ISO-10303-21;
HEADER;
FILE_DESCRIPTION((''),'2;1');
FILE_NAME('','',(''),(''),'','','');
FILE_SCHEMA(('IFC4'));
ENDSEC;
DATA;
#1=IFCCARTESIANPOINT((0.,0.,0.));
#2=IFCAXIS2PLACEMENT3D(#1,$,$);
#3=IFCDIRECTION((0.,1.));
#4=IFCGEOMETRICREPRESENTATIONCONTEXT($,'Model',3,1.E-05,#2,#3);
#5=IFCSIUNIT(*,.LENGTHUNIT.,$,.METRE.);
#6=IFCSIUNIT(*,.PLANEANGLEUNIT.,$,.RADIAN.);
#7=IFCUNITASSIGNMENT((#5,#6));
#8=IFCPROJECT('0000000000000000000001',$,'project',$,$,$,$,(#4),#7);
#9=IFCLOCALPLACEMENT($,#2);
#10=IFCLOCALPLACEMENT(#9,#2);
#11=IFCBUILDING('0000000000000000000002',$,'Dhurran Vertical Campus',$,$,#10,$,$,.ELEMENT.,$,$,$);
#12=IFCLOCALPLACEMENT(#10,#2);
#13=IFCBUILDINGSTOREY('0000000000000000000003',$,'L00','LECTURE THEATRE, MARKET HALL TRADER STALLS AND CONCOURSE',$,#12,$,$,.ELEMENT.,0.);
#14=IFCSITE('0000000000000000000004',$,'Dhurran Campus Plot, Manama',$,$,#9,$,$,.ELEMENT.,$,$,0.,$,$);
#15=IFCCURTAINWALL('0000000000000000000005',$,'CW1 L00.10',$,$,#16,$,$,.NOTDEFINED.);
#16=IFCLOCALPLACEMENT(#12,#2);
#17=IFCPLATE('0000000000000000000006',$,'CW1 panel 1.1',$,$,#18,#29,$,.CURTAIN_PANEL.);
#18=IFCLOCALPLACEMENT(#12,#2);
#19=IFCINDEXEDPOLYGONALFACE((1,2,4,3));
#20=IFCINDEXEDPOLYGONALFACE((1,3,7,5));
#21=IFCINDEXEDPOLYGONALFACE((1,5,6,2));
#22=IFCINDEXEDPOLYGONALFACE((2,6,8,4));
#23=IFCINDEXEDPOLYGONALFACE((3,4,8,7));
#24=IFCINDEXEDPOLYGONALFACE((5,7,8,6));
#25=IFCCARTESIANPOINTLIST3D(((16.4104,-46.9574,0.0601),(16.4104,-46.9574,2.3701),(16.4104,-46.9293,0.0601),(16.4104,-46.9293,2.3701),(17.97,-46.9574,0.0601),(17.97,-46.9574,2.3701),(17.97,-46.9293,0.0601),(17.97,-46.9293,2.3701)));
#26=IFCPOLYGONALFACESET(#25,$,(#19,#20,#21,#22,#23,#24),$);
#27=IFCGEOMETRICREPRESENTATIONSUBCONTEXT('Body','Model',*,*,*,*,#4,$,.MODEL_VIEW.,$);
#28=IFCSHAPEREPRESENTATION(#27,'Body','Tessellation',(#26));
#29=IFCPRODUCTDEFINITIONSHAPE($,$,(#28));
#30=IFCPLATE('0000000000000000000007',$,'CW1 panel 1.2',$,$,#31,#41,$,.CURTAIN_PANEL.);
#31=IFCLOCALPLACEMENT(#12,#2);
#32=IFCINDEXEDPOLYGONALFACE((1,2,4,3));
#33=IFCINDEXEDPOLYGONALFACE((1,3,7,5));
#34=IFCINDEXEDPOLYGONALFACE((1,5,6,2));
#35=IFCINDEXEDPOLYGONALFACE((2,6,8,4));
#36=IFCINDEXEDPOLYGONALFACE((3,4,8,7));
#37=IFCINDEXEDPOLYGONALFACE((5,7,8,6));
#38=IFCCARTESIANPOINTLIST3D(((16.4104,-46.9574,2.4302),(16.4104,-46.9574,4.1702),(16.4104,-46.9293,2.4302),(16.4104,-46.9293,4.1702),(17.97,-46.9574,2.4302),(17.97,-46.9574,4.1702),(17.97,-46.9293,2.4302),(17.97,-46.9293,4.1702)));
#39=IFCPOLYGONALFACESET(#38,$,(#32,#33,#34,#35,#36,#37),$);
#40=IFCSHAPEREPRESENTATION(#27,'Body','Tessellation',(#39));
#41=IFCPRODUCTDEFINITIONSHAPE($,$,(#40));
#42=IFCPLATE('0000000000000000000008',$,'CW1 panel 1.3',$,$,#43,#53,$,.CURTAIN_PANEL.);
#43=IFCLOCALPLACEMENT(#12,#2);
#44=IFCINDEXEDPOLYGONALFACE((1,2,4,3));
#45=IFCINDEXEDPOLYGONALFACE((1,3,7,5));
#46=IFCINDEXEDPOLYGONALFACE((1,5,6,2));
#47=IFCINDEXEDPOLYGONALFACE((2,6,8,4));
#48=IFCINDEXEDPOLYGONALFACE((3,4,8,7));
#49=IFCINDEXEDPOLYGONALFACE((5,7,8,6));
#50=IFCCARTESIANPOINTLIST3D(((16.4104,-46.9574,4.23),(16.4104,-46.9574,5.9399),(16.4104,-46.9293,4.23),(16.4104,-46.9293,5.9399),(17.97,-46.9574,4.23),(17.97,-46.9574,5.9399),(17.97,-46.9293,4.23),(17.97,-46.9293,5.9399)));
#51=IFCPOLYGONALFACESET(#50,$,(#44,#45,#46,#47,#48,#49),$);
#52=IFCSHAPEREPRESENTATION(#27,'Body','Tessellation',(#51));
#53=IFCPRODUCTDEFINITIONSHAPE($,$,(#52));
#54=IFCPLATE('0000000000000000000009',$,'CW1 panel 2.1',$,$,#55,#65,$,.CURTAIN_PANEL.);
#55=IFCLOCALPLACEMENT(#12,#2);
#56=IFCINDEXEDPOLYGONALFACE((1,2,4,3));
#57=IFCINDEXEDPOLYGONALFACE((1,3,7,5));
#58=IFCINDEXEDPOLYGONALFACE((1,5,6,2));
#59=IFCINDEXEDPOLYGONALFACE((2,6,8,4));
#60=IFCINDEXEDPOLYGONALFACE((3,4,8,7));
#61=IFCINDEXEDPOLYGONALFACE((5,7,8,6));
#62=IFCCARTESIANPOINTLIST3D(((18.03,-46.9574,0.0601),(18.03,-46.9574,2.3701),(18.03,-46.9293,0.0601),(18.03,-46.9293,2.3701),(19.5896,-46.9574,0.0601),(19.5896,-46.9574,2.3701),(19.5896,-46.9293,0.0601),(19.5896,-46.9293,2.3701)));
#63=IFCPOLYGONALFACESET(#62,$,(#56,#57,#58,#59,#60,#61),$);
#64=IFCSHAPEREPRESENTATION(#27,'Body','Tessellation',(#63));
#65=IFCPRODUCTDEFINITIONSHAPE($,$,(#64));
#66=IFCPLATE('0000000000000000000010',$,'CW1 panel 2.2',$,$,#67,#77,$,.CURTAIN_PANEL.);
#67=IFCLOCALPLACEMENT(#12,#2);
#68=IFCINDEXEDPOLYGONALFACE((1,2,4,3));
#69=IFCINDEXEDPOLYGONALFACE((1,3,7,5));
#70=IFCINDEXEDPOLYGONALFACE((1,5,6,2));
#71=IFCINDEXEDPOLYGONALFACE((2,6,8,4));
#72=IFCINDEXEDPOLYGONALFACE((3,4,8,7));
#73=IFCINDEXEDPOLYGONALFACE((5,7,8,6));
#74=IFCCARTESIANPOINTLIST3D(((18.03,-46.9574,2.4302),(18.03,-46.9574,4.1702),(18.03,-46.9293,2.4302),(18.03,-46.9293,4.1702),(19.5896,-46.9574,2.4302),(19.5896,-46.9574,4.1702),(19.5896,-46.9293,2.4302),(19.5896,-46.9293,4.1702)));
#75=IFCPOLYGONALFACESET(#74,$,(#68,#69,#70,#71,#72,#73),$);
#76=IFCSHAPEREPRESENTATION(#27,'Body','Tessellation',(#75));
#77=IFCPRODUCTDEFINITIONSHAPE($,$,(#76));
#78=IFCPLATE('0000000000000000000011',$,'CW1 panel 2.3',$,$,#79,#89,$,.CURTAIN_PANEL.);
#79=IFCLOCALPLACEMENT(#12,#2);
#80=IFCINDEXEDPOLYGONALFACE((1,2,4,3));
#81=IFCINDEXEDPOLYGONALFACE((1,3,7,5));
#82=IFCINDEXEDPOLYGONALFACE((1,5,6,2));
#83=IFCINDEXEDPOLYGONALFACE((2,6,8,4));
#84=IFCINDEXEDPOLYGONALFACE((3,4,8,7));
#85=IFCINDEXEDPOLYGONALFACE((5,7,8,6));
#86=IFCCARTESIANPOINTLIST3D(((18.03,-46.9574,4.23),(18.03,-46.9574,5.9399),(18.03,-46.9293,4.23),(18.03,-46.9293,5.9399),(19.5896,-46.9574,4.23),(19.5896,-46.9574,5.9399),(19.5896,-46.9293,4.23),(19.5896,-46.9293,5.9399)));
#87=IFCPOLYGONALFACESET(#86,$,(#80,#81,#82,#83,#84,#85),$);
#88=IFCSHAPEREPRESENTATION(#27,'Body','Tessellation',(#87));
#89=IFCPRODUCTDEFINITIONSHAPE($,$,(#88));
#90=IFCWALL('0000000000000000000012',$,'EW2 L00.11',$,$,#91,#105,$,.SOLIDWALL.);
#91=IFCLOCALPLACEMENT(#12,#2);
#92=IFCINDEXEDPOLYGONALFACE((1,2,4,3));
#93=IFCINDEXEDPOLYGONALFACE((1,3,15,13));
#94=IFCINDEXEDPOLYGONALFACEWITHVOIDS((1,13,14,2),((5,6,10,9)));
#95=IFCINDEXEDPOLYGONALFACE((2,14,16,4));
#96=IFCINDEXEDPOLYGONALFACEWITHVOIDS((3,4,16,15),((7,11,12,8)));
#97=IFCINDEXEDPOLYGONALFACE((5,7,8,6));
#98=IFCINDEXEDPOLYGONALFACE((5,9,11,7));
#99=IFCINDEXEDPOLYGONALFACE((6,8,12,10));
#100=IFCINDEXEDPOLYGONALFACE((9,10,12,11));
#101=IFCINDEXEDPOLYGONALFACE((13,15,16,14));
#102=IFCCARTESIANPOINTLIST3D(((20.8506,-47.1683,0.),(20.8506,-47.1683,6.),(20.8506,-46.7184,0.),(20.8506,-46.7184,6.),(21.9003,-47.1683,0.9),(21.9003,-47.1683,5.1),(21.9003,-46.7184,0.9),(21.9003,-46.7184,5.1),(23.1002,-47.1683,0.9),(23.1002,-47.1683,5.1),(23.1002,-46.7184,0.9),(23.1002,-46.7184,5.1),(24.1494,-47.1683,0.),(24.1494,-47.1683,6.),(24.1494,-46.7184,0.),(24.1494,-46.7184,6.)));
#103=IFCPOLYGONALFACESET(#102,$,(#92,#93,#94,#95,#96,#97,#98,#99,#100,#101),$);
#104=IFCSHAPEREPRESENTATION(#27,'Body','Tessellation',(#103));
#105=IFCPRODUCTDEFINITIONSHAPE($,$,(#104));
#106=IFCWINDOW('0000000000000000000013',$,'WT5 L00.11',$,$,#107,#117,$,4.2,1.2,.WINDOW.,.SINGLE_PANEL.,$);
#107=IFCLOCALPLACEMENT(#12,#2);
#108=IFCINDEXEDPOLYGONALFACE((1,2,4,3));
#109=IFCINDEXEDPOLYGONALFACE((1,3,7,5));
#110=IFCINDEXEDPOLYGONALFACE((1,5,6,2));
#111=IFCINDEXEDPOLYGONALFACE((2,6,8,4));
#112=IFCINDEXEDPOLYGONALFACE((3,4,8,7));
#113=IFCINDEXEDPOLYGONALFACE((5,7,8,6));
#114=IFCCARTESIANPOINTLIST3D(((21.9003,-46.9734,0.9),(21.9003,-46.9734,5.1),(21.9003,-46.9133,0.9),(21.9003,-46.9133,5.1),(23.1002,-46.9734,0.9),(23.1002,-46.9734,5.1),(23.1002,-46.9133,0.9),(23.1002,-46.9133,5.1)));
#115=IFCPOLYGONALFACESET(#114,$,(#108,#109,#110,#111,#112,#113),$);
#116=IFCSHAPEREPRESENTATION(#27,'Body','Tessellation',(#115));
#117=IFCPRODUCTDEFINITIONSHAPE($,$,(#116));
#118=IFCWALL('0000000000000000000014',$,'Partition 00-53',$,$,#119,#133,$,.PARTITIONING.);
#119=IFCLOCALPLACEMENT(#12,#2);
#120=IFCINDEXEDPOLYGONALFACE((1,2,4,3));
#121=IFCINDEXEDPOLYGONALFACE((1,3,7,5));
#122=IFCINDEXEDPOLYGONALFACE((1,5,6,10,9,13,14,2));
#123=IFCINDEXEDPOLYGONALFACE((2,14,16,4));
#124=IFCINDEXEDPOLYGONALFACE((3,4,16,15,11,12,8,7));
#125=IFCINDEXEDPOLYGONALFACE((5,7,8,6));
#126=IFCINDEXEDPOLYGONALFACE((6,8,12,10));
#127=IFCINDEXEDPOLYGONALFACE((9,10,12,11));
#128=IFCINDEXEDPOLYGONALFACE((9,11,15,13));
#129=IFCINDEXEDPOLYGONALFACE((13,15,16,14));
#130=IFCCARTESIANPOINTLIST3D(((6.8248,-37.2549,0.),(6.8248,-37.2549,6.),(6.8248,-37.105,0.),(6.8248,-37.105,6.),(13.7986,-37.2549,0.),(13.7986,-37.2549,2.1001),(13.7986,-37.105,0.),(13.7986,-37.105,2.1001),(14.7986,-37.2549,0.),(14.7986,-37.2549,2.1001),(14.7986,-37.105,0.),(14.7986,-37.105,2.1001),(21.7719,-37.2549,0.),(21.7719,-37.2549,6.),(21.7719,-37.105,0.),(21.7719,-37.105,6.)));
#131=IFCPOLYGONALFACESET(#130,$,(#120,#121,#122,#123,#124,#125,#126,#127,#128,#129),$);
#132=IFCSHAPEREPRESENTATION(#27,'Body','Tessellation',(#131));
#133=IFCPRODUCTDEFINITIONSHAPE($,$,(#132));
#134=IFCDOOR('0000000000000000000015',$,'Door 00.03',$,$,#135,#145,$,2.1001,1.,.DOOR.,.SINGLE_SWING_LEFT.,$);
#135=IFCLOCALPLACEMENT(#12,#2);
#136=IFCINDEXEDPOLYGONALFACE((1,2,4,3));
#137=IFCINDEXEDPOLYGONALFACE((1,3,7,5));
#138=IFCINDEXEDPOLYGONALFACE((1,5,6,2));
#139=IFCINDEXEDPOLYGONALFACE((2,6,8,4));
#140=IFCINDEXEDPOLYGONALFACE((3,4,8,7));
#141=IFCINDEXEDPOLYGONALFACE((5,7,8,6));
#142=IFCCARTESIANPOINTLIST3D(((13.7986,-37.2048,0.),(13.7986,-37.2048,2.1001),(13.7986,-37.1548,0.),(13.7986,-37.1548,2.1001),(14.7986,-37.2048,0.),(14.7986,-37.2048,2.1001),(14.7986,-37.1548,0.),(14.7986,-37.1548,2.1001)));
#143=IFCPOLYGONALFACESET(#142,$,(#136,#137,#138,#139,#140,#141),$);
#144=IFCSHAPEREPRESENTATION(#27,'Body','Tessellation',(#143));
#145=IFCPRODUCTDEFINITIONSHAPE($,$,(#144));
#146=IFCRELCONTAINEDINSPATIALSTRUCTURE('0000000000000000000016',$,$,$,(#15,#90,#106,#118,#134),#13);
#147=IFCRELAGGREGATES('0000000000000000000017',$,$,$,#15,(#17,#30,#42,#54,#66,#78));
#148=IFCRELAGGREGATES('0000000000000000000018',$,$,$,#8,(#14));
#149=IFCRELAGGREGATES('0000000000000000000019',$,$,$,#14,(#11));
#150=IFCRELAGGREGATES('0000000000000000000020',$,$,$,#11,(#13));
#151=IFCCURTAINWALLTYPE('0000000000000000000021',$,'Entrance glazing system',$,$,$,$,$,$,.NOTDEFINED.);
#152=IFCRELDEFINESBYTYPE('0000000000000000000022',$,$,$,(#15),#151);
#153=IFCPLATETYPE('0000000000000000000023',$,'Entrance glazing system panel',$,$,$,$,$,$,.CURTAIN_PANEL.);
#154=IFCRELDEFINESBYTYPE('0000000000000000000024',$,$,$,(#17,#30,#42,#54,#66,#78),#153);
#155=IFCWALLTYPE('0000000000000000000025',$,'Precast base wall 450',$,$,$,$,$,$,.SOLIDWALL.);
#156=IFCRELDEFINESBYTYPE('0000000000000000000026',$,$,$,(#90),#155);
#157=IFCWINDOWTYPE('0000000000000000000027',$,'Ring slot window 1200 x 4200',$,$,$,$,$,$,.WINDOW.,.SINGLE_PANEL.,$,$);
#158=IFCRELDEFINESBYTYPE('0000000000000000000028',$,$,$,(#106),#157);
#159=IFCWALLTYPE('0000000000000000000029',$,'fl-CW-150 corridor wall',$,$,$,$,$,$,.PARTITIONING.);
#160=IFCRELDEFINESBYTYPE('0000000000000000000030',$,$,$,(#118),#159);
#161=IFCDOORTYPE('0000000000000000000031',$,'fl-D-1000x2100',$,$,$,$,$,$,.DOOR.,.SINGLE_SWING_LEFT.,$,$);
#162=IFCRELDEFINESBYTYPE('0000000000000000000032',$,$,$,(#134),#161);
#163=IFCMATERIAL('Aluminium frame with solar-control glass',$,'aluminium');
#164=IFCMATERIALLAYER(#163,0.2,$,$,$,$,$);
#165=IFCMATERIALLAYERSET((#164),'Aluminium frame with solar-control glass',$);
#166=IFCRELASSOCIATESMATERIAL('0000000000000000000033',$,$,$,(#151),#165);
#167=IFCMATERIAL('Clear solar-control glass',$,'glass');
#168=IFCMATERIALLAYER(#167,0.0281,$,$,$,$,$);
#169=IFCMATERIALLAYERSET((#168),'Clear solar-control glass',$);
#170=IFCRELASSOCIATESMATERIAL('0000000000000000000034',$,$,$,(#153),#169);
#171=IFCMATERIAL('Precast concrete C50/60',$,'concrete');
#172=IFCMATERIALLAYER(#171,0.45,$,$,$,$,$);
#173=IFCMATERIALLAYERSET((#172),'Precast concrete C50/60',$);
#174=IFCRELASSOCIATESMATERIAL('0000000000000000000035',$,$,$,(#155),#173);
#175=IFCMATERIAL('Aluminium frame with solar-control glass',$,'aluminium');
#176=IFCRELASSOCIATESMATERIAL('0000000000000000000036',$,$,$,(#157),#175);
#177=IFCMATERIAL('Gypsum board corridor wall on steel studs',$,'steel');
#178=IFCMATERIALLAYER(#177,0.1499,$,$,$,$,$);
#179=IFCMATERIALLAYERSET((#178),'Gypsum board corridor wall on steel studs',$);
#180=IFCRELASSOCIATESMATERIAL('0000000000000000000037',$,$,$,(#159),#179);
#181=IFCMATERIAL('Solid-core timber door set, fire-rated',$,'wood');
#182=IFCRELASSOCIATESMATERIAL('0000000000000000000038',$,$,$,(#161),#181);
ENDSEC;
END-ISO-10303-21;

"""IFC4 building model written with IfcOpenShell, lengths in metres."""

from ifc_helpers import new_model, si_unit, direction, frame, frame_2d, origin, origin_2d, place, context, subcontext, project, spatial, rectangle, extrude, material, layer, layer_set, type_object, element, fill, aggregate, save


model = new_model("IFC4")

# Units and contexts
model_context = context("Model", 3, precision=1e-05, world=origin(), true_north=direction((0.0, 1.0)))
body_context = subcontext(model_context, "Body", "Model", "MODEL_VIEW")
ifc_project = project(units=[si_unit("LENGTHUNIT", "METRE"), si_unit("PLANEANGLEUNIT", "RADIAN")], contexts=[model_context])

# Site, building, storey
site_placement = place(None, origin())
site = spatial("IfcSite", under=ifc_project, at=site_placement, Name="Dhurran Campus Plot, Manama", CompositionType="ELEMENT", RefElevation=0.0)
building_placement = place(site_placement, origin())
building = spatial("IfcBuilding", under=site, at=building_placement, Name="Dhurran Vertical Campus", CompositionType="ELEMENT")
storey_placement = place(building_placement, origin())
storey = spatial("IfcBuildingStorey", under=building, at=storey_placement, Name="L00", Description="LECTURE THEATRE, MARKET HALL TRADER STALLS AND CONCOURSE", CompositionType="ELEMENT", Elevation=0.0)

# Curtain wall, plates
ifc_material_1 = material(Name="Aluminium frame with solar-control glass", Category="aluminium")
ifc_layer_1 = layer(ifc_material_1, 0.2)
ifc_layer_set_1 = layer_set([ifc_layer_1], Name="Aluminium frame with solar-control glass")
curtain_wall_type = type_object("IfcCurtainWallType", Name="Entrance glazing system", PredefinedType="NOTDEFINED", material=ifc_layer_set_1)
curtain_wall_placement = place(storey_placement, origin())
curtain_wall = element("IfcCurtainWall", 1, at=curtain_wall_placement, inside=storey, type_object=curtain_wall_type, Name="CW1 L00.10", PredefinedType="NOTDEFINED")
ifc_material_2 = material(Name="Clear solar-control glass", Category="glass")
ifc_layer_2 = layer(ifc_material_2, 0.0281)
ifc_layer_set_2 = layer_set([ifc_layer_2], Name="Clear solar-control glass")
plate_type = type_object("IfcPlateType", Name="Entrance glazing system panel", PredefinedType="CURTAIN_PANEL", material=ifc_layer_set_2)
plate_1_placement = place(storey_placement, frame((17.1902, -46.9434, 0.0601), z_axis=(0.0, 0.0, 1.0), x_axis=(1.0, 0.0, 0.0)))
plate_1 = element("IfcPlate", 2, at=plate_1_placement, type_object=plate_type, Name="CW1 panel 1.1", PredefinedType="CURTAIN_PANEL", context=body_context, shape_type="SweptSolid", body=[
    extrude(rectangle(XDim=1.5596, YDim=0.0281, at=origin_2d()), origin(), (0.0, 0.0, 1.0), 2.3101),
])
plate_2_placement = place(storey_placement, frame((17.1902, -46.9434, 2.4302), z_axis=(0.0, 0.0, 1.0), x_axis=(1.0, 0.0, 0.0)))
plate_2 = element("IfcPlate", 3, at=plate_2_placement, type_object=plate_type, Name="CW1 panel 1.2", PredefinedType="CURTAIN_PANEL", context=body_context, shape_type="SweptSolid", body=[
    extrude(rectangle(XDim=1.5596, YDim=0.0281, at=origin_2d()), origin(), (0.0, 0.0, 1.0), 1.74),
])
plate_3_placement = place(storey_placement, frame((17.1902, -46.9434, 4.23), z_axis=(0.0, 0.0, 1.0), x_axis=(1.0, 0.0, 0.0)))
plate_3 = element("IfcPlate", 4, at=plate_3_placement, type_object=plate_type, Name="CW1 panel 1.3", PredefinedType="CURTAIN_PANEL", context=body_context, shape_type="SweptSolid", body=[
    extrude(rectangle(XDim=1.5596, YDim=0.0281, at=origin_2d()), origin(), (0.0, 0.0, 1.0), 1.71),
])
plate_4_placement = place(storey_placement, frame((18.8098, -46.9434, 0.0601), z_axis=(0.0, 0.0, 1.0), x_axis=(1.0, 0.0, 0.0)))
plate_4 = element("IfcPlate", 5, at=plate_4_placement, type_object=plate_type, Name="CW1 panel 2.1", PredefinedType="CURTAIN_PANEL", context=body_context, shape_type="SweptSolid", body=[
    extrude(rectangle(XDim=1.5596, YDim=0.0281, at=origin_2d()), origin(), (0.0, 0.0, 1.0), 2.3101),
])
plate_5_placement = place(storey_placement, frame((18.8098, -46.9434, 2.4302), z_axis=(0.0, 0.0, 1.0), x_axis=(1.0, 0.0, 0.0)))
plate_5 = element("IfcPlate", 6, at=plate_5_placement, type_object=plate_type, Name="CW1 panel 2.2", PredefinedType="CURTAIN_PANEL", context=body_context, shape_type="SweptSolid", body=[
    extrude(rectangle(XDim=1.5596, YDim=0.0281, at=origin_2d()), origin(), (0.0, 0.0, 1.0), 1.74),
])
plate_6_placement = place(storey_placement, frame((18.8098, -46.9434, 4.23), z_axis=(0.0, 0.0, 1.0), x_axis=(1.0, 0.0, 0.0)))
plate_6 = element("IfcPlate", 7, at=plate_6_placement, type_object=plate_type, Name="CW1 panel 2.3", PredefinedType="CURTAIN_PANEL", context=body_context, shape_type="SweptSolid", body=[
    extrude(rectangle(XDim=1.5596, YDim=0.0281, at=origin_2d()), origin(), (0.0, 0.0, 1.0), 1.71),
])
aggregate(curtain_wall, [plate_1, plate_2, plate_3, plate_4, plate_5, plate_6])

# Wall, opening, window
ifc_material_3 = material(Name="Precast concrete C50/60", Category="concrete")
ifc_layer_3 = layer(ifc_material_3, 0.45)
ifc_layer_set_3 = layer_set([ifc_layer_3], Name="Precast concrete C50/60")
wall_type_1 = type_object("IfcWallType", Name="Precast base wall 450", PredefinedType="SOLIDWALL", material=ifc_layer_set_3)
wall_1_placement = place(storey_placement, frame((20.8506, -46.9434, 0.0), z_axis=(0.0, 0.0, 1.0), x_axis=(1.0, 0.0, 0.0)))
wall_1 = element("IfcWall", 8, at=wall_1_placement, inside=storey, type_object=wall_type_1, Name="EW2 L00.11", PredefinedType="SOLIDWALL", context=body_context, shape_type="SweptSolid", body=[
    extrude(rectangle(XDim=3.2988, YDim=0.45, at=frame_2d((1.6494, 0.0))), origin(), (0.0, 0.0, 1.0), 6.0),
])
opening_1_placement = place(wall_1_placement, frame((1.0496, 0.0, 0.8999)))
opening_1 = element("IfcOpeningElement", 9, at=opening_1_placement, cuts=wall_1, PredefinedType="OPENING", context=body_context, shape_type="SweptSolid", body=[
    extrude(rectangle(XDim=1.2, YDim=4.2, at=frame_2d((0.6001, 2.1001))), frame((0.0, 0.2349, 0.0), z_axis=(0.0, -1.0, 0.0), x_axis=(1.0, 0.0, 0.0)), (0.0, 0.0, 1.0), 0.47),
])
ifc_material_4 = material(Name="Aluminium frame with solar-control glass", Category="aluminium")
window_type = type_object("IfcWindowType", Name="Ring slot window 1200 x 4200", PartitioningType="SINGLE_PANEL", PredefinedType="WINDOW", material=ifc_material_4)
window_placement = place(opening_1_placement, origin())
window = element("IfcWindow", 10, at=window_placement, inside=storey, type_object=window_type, Name="WT5 L00.11", OverallHeight=4.2, OverallWidth=1.2, PartitioningType="SINGLE_PANEL", PredefinedType="WINDOW", context=body_context, shape_type="SweptSolid", body=[
    extrude(rectangle(XDim=1.2, YDim=4.2, at=frame_2d((0.6001, 2.1001))), frame((0.0, 0.03, 0.0), z_axis=(0.0, -1.0, 0.0), x_axis=(1.0, 0.0, 0.0)), (0.0, 0.0, 1.0), 0.0601),
])
fill(opening_1, window)

# Wall, opening, door
ifc_material_5 = material(Name="Gypsum board corridor wall on steel studs", Category="steel")
ifc_layer_4 = layer(ifc_material_5, 0.1499)
ifc_layer_set_4 = layer_set([ifc_layer_4], Name="Gypsum board corridor wall on steel studs")
wall_type_2 = type_object("IfcWallType", Name="fl-CW-150 corridor wall", PredefinedType="PARTITIONING", material=ifc_layer_set_4)
wall_2_placement = place(storey_placement, frame((21.772, -37.1799, 0.0), z_axis=(0.0, 0.0, 1.0), x_axis=(-1.0, 0.0, 0.0)))
wall_2 = element("IfcWall", 11, at=wall_2_placement, inside=storey, type_object=wall_type_2, Name="Partition 00-53", PredefinedType="PARTITIONING", context=body_context, shape_type="SweptSolid", body=[
    extrude(rectangle(XDim=14.947, YDim=0.1499, at=frame_2d((7.4736, 0.0))), origin(), (0.0, 0.0, 1.0), 6.0),
])
opening_2_placement = place(wall_2_placement, frame((6.9734, 0.0, 0.0)))
opening_2 = element("IfcOpeningElement", 12, at=opening_2_placement, cuts=wall_2, PredefinedType="OPENING", context=body_context, shape_type="SweptSolid", body=[
    extrude(rectangle(XDim=1.0, YDim=2.1001, at=frame_2d((0.5, 1.05))), frame((0.0, 0.085, 0.0), z_axis=(0.0, -1.0, 0.0), x_axis=(1.0, 0.0, 0.0)), (0.0, 0.0, 1.0), 0.1699),
])
ifc_material_6 = material(Name="Solid-core timber door set, fire-rated", Category="wood")
door_type = type_object("IfcDoorType", Name="fl-D-1000x2100", OperationType="SINGLE_SWING_LEFT", PredefinedType="DOOR", material=ifc_material_6)
door_placement = place(opening_2_placement, origin())
door = element("IfcDoor", 13, at=door_placement, inside=storey, type_object=door_type, Name="Door 00.03", OperationType="SINGLE_SWING_LEFT", OverallHeight=2.1001, OverallWidth=1.0, PredefinedType="DOOR", context=body_context, shape_type="SweptSolid", body=[
    extrude(rectangle(XDim=1.0, YDim=2.1001, at=frame_2d((0.5, 1.05))), frame((0.0, 0.0249, 0.0), z_axis=(0.0, -1.0, 0.0), x_axis=(1.0, 0.0, 0.0)), (0.0, 0.0, 1.0), 0.05),
])
fill(opening_2, door)

save(model, "model.ifc")
